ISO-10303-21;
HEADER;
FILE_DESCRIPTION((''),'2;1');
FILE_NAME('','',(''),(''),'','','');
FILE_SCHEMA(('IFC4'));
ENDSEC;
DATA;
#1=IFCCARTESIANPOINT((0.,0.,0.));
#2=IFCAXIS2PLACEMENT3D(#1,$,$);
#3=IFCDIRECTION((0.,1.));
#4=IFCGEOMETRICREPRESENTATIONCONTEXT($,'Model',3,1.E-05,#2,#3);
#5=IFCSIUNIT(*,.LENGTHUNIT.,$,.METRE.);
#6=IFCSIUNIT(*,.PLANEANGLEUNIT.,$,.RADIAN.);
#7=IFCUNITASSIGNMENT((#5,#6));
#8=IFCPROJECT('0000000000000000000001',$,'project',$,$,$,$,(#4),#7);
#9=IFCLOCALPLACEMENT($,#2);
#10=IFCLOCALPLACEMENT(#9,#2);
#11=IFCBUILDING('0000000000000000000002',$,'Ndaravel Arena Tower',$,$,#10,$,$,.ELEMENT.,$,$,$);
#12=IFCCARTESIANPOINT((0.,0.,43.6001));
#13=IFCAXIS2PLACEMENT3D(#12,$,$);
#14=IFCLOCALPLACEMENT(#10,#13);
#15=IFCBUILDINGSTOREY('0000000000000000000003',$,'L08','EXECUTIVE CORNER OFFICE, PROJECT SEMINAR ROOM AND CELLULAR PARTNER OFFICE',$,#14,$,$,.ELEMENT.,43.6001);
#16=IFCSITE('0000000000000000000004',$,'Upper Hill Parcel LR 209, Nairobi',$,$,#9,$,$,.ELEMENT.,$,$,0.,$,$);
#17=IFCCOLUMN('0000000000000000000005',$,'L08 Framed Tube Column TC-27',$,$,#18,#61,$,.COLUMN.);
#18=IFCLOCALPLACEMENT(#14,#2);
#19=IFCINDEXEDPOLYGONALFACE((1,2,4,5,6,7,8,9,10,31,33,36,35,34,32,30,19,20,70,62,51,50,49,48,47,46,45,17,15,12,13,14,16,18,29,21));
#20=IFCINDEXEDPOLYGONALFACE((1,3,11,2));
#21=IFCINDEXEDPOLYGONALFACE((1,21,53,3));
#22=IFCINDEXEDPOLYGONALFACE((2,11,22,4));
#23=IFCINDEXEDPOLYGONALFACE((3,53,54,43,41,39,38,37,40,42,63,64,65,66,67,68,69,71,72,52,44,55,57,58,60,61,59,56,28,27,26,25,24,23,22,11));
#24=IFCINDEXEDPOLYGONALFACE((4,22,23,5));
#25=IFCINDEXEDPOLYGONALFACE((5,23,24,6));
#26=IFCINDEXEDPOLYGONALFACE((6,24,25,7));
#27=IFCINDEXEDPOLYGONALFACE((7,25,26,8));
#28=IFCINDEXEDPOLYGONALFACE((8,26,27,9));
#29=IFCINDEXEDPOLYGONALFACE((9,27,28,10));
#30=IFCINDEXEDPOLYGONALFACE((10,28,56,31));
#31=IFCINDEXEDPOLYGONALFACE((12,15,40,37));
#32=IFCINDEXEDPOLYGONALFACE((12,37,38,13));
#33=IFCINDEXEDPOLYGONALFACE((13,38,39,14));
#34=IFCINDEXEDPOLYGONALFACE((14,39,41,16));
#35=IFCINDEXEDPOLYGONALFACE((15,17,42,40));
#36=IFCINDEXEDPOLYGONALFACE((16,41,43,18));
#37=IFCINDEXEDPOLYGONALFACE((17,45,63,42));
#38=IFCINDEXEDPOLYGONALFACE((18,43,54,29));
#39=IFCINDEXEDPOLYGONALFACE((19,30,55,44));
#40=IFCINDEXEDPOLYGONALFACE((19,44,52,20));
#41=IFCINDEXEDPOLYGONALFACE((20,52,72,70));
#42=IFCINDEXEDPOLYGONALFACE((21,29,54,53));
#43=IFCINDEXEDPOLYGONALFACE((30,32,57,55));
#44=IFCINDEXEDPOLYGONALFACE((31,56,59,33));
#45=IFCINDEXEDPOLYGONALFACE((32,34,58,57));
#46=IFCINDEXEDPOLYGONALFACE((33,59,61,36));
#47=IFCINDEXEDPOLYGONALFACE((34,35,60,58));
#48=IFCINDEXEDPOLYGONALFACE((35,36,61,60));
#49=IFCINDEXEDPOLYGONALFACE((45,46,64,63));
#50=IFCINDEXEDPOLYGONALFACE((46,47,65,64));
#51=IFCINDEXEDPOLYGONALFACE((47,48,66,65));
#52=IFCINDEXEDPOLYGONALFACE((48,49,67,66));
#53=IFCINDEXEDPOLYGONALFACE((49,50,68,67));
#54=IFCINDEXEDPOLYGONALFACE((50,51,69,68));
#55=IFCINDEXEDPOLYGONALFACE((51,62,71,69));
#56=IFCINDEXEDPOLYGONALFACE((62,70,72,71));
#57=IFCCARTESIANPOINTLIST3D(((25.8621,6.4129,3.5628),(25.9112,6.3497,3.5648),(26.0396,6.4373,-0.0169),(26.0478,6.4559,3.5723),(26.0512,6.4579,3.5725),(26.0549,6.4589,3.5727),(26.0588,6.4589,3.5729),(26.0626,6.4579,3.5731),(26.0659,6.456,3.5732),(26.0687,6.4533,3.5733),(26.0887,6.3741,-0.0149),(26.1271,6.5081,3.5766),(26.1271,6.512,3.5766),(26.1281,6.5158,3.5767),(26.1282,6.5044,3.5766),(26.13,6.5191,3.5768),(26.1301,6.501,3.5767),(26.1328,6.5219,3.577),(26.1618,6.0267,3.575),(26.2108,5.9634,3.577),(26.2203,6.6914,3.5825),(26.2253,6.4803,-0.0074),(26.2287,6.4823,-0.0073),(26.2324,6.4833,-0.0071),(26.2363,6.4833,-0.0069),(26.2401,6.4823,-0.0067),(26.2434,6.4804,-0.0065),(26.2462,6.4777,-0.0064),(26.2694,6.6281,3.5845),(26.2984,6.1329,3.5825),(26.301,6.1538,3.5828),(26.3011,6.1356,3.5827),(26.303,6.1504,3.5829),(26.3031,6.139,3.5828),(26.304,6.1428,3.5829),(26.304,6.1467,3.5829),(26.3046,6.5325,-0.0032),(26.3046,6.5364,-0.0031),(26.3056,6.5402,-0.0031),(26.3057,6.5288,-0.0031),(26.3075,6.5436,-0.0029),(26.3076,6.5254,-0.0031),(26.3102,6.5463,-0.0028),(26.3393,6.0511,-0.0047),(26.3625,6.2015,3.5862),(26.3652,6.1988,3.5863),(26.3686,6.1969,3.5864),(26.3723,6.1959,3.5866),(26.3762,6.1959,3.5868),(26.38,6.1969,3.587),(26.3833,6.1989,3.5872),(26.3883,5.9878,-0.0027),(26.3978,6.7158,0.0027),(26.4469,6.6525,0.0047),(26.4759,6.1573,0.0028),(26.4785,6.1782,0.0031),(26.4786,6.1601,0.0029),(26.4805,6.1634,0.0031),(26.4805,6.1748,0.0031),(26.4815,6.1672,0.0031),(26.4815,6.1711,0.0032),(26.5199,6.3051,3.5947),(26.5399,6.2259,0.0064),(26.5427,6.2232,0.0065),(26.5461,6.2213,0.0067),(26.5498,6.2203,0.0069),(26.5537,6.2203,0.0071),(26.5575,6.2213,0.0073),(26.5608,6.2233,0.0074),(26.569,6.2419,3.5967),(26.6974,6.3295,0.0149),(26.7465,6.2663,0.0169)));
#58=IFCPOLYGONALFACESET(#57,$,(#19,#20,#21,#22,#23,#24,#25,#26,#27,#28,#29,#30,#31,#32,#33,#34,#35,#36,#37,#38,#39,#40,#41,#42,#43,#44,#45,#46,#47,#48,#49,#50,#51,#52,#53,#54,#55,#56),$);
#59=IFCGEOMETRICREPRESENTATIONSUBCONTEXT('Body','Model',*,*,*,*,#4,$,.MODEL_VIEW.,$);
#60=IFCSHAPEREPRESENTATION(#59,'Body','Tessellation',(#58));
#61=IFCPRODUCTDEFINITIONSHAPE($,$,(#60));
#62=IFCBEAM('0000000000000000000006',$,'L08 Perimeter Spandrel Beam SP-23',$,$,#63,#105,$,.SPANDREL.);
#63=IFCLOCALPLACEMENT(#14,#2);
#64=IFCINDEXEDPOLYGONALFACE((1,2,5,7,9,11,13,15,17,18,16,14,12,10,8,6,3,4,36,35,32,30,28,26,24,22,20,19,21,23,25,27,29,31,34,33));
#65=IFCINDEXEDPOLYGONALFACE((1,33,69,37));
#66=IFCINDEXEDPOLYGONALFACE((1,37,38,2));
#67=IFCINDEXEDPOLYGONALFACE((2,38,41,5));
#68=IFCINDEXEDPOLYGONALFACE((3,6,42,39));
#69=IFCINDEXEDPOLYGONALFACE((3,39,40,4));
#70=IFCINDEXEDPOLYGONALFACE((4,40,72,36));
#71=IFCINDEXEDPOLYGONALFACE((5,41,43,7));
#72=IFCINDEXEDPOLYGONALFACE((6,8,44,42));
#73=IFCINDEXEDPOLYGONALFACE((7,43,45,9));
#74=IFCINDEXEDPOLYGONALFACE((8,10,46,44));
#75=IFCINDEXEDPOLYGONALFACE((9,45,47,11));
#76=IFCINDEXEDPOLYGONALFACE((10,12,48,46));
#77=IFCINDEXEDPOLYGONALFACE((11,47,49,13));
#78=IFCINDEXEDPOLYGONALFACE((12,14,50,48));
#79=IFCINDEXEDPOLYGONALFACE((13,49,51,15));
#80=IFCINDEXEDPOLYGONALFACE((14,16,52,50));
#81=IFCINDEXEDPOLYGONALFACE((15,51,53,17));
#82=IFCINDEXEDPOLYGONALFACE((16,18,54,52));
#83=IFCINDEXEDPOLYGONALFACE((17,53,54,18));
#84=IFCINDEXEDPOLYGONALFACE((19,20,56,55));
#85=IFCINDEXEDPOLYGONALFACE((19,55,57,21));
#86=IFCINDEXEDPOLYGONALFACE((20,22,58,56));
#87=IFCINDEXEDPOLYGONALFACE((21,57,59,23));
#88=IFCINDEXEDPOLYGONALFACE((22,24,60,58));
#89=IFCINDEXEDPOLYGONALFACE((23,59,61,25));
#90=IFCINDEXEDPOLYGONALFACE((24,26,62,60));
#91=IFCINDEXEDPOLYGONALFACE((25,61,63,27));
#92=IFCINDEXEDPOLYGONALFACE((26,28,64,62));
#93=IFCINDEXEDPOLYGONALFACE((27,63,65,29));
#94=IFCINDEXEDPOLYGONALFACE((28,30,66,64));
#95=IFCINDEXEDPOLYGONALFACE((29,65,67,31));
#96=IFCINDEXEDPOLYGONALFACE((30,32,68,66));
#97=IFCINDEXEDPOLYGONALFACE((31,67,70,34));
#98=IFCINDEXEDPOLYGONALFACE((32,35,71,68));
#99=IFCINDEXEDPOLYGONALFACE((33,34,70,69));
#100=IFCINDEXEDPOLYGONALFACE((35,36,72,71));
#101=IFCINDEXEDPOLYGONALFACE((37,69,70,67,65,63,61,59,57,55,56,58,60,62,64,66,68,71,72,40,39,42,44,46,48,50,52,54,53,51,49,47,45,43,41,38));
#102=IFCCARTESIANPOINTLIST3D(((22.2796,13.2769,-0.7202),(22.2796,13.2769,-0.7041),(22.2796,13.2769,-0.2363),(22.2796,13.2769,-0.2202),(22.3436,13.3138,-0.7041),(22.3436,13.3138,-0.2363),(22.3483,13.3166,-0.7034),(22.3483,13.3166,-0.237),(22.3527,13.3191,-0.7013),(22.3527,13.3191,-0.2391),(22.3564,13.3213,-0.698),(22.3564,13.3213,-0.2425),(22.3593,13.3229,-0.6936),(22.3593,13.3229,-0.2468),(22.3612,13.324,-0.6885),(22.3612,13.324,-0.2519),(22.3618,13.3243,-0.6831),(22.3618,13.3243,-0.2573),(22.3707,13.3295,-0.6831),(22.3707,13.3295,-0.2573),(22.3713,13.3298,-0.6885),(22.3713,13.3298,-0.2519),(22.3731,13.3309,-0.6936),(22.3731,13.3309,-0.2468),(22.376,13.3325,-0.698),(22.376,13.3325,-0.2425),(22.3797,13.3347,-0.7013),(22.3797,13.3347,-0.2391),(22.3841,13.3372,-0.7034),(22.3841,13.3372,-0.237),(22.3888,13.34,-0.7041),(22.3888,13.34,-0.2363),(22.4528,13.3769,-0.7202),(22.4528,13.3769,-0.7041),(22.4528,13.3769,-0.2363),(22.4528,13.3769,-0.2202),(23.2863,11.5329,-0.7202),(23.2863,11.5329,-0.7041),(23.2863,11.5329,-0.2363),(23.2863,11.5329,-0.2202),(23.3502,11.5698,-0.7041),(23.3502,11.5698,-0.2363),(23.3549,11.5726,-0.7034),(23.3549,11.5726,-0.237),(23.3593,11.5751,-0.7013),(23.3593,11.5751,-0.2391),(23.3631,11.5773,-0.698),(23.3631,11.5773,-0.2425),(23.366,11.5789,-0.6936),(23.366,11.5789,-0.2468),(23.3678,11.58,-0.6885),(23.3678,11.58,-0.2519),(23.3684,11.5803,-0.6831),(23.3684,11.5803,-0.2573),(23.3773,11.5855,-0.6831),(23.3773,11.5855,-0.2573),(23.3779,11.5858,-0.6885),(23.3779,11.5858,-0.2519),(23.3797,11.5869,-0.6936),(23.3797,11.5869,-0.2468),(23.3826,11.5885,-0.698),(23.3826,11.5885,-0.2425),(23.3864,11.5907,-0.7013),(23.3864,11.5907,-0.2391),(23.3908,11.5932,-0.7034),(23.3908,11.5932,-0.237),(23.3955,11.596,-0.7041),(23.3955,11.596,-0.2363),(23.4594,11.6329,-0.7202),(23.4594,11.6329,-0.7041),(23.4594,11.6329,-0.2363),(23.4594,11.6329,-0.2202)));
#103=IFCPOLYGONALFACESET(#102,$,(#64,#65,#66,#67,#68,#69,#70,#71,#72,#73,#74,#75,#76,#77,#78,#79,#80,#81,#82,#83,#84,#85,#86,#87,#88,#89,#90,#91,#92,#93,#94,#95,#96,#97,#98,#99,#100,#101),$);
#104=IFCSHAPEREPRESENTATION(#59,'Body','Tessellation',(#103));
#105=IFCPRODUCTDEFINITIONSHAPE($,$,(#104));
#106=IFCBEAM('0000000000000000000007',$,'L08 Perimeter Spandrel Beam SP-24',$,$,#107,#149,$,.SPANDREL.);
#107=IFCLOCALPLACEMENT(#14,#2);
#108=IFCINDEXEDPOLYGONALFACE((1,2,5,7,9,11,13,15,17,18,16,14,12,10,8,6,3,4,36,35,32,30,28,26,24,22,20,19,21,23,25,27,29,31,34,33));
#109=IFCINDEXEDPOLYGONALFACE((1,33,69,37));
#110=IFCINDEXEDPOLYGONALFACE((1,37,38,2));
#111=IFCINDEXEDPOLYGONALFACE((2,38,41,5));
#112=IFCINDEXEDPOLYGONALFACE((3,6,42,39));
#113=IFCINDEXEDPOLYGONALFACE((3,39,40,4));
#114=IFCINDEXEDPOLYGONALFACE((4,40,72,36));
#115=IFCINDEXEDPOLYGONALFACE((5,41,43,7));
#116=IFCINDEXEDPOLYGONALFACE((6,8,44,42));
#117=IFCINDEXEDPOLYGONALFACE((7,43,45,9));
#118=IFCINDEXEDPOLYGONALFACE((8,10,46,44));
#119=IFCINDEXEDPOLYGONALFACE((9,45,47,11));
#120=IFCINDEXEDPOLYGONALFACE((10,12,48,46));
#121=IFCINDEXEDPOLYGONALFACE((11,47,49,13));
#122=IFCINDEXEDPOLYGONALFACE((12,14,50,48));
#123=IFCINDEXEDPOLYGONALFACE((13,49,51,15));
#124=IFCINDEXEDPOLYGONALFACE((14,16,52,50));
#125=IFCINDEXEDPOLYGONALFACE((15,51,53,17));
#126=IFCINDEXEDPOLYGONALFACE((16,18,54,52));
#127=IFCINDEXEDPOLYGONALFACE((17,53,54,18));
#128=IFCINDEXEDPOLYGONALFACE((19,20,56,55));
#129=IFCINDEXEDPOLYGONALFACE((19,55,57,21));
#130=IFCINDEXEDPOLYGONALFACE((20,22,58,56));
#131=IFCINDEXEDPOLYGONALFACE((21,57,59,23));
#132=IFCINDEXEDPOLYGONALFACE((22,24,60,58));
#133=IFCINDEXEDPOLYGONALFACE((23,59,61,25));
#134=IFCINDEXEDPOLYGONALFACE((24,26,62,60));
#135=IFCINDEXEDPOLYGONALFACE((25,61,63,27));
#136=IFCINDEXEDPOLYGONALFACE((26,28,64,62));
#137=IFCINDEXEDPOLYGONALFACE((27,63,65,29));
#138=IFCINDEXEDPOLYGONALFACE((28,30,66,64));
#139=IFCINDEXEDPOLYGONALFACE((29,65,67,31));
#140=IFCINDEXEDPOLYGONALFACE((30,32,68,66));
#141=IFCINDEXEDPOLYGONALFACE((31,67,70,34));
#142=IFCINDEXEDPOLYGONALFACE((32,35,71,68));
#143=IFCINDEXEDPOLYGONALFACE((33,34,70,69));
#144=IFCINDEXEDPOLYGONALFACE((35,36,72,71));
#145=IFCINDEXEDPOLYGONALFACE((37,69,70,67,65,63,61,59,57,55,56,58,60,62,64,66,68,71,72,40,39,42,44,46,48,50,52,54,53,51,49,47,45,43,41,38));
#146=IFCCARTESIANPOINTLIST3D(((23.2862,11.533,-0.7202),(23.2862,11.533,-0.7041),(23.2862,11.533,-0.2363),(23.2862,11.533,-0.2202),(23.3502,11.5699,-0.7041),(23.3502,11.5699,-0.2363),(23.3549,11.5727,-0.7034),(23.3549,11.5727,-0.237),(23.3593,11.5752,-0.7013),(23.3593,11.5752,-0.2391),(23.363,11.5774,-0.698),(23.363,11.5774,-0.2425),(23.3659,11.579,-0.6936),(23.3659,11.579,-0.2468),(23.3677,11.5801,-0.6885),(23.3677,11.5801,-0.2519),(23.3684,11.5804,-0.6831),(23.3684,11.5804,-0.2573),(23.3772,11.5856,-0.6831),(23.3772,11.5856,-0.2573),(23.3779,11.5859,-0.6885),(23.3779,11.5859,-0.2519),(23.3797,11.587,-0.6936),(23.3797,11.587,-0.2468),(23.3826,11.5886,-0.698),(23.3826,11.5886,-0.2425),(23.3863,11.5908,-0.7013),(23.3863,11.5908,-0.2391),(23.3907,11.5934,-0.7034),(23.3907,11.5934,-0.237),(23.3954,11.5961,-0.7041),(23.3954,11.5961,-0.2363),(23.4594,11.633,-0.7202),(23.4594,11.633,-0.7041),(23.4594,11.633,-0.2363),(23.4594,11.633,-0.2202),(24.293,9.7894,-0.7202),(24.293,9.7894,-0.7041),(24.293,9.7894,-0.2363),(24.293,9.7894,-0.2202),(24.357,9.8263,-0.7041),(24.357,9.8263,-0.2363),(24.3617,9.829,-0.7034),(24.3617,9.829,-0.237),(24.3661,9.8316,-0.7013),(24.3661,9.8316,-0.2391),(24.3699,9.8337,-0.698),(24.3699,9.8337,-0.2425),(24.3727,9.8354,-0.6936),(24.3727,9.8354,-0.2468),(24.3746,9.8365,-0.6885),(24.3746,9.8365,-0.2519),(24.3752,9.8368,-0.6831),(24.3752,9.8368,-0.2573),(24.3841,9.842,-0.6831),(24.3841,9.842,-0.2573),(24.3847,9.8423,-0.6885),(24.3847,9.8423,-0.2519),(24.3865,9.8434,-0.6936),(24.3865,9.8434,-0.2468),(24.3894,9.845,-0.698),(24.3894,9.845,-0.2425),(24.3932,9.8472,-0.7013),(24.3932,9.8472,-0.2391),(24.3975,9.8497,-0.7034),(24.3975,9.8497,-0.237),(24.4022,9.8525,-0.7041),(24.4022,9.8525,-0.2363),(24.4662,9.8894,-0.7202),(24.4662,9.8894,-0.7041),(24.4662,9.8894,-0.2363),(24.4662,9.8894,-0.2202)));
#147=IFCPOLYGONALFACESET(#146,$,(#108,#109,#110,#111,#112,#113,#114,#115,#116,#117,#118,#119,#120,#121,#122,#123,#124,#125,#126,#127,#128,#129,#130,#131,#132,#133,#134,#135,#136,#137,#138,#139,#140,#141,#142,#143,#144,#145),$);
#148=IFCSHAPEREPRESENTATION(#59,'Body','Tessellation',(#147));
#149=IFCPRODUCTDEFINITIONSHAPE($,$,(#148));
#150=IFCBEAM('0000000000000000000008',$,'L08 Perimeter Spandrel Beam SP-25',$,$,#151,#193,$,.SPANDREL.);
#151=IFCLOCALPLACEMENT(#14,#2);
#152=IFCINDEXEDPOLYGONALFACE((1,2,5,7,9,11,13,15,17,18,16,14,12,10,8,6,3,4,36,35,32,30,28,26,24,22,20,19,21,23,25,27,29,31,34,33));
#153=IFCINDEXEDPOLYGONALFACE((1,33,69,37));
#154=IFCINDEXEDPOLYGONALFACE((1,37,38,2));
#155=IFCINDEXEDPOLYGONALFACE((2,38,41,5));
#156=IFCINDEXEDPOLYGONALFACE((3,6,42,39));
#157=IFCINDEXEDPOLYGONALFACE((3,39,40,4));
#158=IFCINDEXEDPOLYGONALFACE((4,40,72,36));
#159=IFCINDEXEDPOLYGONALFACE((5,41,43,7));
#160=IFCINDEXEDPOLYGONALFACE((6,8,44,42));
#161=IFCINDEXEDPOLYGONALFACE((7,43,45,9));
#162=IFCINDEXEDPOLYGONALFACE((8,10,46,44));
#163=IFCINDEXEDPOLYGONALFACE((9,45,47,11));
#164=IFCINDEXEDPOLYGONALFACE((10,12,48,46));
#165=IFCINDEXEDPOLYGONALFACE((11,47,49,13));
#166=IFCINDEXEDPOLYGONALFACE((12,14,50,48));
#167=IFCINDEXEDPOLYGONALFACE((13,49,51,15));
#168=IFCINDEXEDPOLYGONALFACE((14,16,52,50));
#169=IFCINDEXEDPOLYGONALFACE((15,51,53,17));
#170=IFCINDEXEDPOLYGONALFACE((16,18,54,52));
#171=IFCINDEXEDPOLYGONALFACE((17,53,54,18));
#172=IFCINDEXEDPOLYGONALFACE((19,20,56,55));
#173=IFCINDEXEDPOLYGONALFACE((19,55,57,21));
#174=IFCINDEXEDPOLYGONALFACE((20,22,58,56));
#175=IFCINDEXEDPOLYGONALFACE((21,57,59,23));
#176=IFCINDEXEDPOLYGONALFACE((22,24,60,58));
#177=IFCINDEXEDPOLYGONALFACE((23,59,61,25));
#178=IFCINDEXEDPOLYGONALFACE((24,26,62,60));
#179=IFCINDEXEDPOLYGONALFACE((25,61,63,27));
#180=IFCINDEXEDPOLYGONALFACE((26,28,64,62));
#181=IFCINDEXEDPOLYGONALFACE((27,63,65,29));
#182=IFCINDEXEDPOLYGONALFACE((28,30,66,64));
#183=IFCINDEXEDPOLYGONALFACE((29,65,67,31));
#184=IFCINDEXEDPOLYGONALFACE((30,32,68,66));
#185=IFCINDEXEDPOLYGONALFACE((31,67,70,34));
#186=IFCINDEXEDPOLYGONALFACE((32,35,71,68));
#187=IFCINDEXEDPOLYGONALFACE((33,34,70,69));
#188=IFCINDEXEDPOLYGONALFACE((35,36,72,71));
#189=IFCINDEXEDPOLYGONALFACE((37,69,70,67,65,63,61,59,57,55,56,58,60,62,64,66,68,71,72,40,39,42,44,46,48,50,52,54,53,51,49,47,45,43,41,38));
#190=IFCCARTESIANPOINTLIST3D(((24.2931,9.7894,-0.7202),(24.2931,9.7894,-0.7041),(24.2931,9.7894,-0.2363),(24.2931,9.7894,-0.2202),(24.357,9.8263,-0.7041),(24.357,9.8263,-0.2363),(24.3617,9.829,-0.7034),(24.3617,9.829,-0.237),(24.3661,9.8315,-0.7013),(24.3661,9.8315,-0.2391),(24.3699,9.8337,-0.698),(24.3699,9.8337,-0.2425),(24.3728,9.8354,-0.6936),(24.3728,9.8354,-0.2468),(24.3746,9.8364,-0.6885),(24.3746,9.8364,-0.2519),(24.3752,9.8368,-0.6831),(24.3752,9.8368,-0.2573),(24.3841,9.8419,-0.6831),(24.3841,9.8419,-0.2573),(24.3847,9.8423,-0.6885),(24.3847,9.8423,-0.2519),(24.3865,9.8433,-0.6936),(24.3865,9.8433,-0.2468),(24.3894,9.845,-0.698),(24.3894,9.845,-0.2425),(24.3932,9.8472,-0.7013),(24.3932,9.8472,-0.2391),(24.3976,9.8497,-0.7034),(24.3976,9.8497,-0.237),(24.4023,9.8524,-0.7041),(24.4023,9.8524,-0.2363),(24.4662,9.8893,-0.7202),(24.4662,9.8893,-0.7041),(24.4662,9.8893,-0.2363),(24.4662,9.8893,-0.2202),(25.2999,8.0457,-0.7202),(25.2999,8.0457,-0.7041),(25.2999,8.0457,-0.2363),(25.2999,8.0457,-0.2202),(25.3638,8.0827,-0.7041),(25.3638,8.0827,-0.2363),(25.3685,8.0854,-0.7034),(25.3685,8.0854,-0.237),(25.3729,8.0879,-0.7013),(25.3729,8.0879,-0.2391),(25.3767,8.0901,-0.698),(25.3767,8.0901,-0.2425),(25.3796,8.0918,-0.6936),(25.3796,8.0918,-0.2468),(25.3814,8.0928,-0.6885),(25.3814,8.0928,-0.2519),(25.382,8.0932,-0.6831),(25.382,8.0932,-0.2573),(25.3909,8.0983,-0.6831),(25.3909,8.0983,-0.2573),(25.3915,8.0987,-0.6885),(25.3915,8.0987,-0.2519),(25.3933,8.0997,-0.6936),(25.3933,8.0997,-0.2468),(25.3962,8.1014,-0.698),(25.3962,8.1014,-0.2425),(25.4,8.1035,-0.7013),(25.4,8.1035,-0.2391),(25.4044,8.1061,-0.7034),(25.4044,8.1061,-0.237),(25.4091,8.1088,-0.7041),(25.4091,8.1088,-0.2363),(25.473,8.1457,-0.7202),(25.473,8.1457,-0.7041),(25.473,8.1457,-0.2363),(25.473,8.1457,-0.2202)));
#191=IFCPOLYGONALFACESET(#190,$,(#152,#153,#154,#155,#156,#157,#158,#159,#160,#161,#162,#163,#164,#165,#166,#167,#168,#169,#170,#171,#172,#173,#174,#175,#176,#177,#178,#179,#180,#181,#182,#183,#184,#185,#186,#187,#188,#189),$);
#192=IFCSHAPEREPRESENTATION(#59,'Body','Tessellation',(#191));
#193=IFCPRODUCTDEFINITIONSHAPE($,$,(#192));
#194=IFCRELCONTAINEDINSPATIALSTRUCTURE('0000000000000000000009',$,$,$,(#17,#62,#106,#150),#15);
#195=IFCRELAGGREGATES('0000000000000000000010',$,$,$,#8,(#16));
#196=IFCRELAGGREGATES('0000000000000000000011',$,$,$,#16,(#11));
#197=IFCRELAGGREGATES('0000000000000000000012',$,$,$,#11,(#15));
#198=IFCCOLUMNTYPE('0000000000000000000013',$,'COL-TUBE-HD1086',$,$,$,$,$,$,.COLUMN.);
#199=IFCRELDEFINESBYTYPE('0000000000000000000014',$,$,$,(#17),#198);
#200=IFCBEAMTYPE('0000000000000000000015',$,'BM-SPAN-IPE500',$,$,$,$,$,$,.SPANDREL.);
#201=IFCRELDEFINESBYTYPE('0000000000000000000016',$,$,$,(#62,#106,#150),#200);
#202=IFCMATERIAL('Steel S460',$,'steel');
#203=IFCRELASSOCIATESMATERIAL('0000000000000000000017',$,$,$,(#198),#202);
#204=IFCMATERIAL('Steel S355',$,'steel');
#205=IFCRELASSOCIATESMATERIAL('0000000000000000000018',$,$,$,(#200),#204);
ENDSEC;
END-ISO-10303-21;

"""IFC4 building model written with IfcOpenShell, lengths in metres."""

from ifc_helpers import new_model, si_unit, direction, frame, origin, origin_2d, place, context, subcontext, project, spatial, i_section, extrude, material, material_profile, profile_set, type_object, element, save


model = new_model("IFC4")

# Units and contexts
model_context = context("Model", 3, precision=1e-05, world=origin(), true_north=direction((0.0, 1.0)))
body_context = subcontext(model_context, "Body", "Model", "MODEL_VIEW")
ifc_project = project(units=[si_unit("LENGTHUNIT", "METRE"), si_unit("PLANEANGLEUNIT", "RADIAN")], contexts=[model_context])

# Site, building, storey
site_placement = place(None, origin())
site = spatial("IfcSite", under=ifc_project, at=site_placement, Name="Upper Hill Parcel LR 209, Nairobi", CompositionType="ELEMENT", RefElevation=0.0)
building_placement = place(site_placement, origin())
building = spatial("IfcBuilding", under=site, at=building_placement, Name="Ndaravel Arena Tower", CompositionType="ELEMENT")
storey_placement = place(building_placement, frame((0.0, 0.0, 43.6001)))
storey = spatial("IfcBuildingStorey", under=building, at=storey_placement, Name="L08", Description="EXECUTIVE CORNER OFFICE, PROJECT SEMINAR ROOM AND CELLULAR PARTNER OFFICE", CompositionType="ELEMENT", Elevation=43.6001)

# Column
ifc_material_1 = material(Name="Steel S460", Category="steel")
ifc_material_profile_1 = material_profile(ifc_material_1, i_section(OverallWidth=0.4541, OverallDepth=0.5691, WebThickness=0.0779, FlangeThickness=0.0801, FilletRadius=0.0149, at=origin_2d()), Name="HD 400x1086")
ifc_profile_set_1 = profile_set([ifc_material_profile_1], Name="Steel S460")
column_type = type_object("IfcColumnType", Name="COL-TUBE-HD1086", PredefinedType="COLUMN", material=ifc_profile_set_1)
column_1_placement = place(storey_placement, frame((26.3931, 6.3518, 0.0), z_axis=(-0.049519, -0.006811, 0.99875), x_axis=(0.78874, 0.6132, 0.043288)))
element("IfcColumn", 1, at=column_1_placement, inside=storey, type_object=column_type, Name="L08 Framed Tube Column TC-27", PredefinedType="COLUMN", context=body_context, shape_type="SweptSolid", body=[
    extrude(i_section(OverallWidth=0.4541, OverallDepth=0.5691, WebThickness=0.0779, FlangeThickness=0.0801, FilletRadius=0.0149, at=origin_2d()), origin(), (0.0, 0.0, 1.0), 3.5842),
])

# Beams
ifc_material_2 = material(Name="Steel S355", Category="steel")
ifc_material_profile_2 = material_profile(ifc_material_2, i_section(OverallWidth=0.2, OverallDepth=0.5, WebThickness=0.0103, FlangeThickness=0.0161, FilletRadius=0.021, at=origin_2d()), Name="IPE 500")
ifc_profile_set_2 = profile_set([ifc_material_profile_2], Name="Steel S355")
beam_type = type_object("IfcBeamType", Name="BM-SPAN-IPE500", PredefinedType="SPANDREL", material=ifc_profile_set_2)
beam_1_placement = place(storey_placement, frame((22.3662, 13.3269, -0.4702), z_axis=(0.499908, -0.866079, 0.0), x_axis=(0.866079, 0.499908, 0.0)))
element("IfcBeam", 2, at=beam_1_placement, inside=storey, type_object=beam_type, Name="L08 Perimeter Spandrel Beam SP-23", PredefinedType="SPANDREL", context=body_context, shape_type="SweptSolid", body=[
    extrude(i_section(OverallWidth=0.2, OverallDepth=0.5, WebThickness=0.0103, FlangeThickness=0.0161, FilletRadius=0.021, at=origin_2d()), origin(), (0.0, 0.0, 1.0), 2.0137),
])
for number, where, z_axis, x_axis, name in (
    (3, (23.3728, 11.583, -0.4702), (0.500051, -0.865996, 0.0), (0.865996, 0.500051, 0.0), "L08 Perimeter Spandrel Beam SP-24"),
    (4, (24.3796, 9.8394, -0.4702), (0.500051, -0.865996, 0.0), (0.865996, 0.500051, 0.0), "L08 Perimeter Spandrel Beam SP-25"),
):
    element("IfcBeam", number, at=place(storey_placement, frame(where, z_axis=z_axis, x_axis=x_axis)), inside=storey, type_object=beam_type, Name=name, PredefinedType="SPANDREL", context=body_context, shape_type="SweptSolid", body=[
        extrude(i_section(OverallWidth=0.2, OverallDepth=0.5, WebThickness=0.0103, FlangeThickness=0.0161, FilletRadius=0.021, at=origin_2d()), origin(), (0.0, 0.0, 1.0), 2.0134),
    ])

save(model, "model.ifc")
